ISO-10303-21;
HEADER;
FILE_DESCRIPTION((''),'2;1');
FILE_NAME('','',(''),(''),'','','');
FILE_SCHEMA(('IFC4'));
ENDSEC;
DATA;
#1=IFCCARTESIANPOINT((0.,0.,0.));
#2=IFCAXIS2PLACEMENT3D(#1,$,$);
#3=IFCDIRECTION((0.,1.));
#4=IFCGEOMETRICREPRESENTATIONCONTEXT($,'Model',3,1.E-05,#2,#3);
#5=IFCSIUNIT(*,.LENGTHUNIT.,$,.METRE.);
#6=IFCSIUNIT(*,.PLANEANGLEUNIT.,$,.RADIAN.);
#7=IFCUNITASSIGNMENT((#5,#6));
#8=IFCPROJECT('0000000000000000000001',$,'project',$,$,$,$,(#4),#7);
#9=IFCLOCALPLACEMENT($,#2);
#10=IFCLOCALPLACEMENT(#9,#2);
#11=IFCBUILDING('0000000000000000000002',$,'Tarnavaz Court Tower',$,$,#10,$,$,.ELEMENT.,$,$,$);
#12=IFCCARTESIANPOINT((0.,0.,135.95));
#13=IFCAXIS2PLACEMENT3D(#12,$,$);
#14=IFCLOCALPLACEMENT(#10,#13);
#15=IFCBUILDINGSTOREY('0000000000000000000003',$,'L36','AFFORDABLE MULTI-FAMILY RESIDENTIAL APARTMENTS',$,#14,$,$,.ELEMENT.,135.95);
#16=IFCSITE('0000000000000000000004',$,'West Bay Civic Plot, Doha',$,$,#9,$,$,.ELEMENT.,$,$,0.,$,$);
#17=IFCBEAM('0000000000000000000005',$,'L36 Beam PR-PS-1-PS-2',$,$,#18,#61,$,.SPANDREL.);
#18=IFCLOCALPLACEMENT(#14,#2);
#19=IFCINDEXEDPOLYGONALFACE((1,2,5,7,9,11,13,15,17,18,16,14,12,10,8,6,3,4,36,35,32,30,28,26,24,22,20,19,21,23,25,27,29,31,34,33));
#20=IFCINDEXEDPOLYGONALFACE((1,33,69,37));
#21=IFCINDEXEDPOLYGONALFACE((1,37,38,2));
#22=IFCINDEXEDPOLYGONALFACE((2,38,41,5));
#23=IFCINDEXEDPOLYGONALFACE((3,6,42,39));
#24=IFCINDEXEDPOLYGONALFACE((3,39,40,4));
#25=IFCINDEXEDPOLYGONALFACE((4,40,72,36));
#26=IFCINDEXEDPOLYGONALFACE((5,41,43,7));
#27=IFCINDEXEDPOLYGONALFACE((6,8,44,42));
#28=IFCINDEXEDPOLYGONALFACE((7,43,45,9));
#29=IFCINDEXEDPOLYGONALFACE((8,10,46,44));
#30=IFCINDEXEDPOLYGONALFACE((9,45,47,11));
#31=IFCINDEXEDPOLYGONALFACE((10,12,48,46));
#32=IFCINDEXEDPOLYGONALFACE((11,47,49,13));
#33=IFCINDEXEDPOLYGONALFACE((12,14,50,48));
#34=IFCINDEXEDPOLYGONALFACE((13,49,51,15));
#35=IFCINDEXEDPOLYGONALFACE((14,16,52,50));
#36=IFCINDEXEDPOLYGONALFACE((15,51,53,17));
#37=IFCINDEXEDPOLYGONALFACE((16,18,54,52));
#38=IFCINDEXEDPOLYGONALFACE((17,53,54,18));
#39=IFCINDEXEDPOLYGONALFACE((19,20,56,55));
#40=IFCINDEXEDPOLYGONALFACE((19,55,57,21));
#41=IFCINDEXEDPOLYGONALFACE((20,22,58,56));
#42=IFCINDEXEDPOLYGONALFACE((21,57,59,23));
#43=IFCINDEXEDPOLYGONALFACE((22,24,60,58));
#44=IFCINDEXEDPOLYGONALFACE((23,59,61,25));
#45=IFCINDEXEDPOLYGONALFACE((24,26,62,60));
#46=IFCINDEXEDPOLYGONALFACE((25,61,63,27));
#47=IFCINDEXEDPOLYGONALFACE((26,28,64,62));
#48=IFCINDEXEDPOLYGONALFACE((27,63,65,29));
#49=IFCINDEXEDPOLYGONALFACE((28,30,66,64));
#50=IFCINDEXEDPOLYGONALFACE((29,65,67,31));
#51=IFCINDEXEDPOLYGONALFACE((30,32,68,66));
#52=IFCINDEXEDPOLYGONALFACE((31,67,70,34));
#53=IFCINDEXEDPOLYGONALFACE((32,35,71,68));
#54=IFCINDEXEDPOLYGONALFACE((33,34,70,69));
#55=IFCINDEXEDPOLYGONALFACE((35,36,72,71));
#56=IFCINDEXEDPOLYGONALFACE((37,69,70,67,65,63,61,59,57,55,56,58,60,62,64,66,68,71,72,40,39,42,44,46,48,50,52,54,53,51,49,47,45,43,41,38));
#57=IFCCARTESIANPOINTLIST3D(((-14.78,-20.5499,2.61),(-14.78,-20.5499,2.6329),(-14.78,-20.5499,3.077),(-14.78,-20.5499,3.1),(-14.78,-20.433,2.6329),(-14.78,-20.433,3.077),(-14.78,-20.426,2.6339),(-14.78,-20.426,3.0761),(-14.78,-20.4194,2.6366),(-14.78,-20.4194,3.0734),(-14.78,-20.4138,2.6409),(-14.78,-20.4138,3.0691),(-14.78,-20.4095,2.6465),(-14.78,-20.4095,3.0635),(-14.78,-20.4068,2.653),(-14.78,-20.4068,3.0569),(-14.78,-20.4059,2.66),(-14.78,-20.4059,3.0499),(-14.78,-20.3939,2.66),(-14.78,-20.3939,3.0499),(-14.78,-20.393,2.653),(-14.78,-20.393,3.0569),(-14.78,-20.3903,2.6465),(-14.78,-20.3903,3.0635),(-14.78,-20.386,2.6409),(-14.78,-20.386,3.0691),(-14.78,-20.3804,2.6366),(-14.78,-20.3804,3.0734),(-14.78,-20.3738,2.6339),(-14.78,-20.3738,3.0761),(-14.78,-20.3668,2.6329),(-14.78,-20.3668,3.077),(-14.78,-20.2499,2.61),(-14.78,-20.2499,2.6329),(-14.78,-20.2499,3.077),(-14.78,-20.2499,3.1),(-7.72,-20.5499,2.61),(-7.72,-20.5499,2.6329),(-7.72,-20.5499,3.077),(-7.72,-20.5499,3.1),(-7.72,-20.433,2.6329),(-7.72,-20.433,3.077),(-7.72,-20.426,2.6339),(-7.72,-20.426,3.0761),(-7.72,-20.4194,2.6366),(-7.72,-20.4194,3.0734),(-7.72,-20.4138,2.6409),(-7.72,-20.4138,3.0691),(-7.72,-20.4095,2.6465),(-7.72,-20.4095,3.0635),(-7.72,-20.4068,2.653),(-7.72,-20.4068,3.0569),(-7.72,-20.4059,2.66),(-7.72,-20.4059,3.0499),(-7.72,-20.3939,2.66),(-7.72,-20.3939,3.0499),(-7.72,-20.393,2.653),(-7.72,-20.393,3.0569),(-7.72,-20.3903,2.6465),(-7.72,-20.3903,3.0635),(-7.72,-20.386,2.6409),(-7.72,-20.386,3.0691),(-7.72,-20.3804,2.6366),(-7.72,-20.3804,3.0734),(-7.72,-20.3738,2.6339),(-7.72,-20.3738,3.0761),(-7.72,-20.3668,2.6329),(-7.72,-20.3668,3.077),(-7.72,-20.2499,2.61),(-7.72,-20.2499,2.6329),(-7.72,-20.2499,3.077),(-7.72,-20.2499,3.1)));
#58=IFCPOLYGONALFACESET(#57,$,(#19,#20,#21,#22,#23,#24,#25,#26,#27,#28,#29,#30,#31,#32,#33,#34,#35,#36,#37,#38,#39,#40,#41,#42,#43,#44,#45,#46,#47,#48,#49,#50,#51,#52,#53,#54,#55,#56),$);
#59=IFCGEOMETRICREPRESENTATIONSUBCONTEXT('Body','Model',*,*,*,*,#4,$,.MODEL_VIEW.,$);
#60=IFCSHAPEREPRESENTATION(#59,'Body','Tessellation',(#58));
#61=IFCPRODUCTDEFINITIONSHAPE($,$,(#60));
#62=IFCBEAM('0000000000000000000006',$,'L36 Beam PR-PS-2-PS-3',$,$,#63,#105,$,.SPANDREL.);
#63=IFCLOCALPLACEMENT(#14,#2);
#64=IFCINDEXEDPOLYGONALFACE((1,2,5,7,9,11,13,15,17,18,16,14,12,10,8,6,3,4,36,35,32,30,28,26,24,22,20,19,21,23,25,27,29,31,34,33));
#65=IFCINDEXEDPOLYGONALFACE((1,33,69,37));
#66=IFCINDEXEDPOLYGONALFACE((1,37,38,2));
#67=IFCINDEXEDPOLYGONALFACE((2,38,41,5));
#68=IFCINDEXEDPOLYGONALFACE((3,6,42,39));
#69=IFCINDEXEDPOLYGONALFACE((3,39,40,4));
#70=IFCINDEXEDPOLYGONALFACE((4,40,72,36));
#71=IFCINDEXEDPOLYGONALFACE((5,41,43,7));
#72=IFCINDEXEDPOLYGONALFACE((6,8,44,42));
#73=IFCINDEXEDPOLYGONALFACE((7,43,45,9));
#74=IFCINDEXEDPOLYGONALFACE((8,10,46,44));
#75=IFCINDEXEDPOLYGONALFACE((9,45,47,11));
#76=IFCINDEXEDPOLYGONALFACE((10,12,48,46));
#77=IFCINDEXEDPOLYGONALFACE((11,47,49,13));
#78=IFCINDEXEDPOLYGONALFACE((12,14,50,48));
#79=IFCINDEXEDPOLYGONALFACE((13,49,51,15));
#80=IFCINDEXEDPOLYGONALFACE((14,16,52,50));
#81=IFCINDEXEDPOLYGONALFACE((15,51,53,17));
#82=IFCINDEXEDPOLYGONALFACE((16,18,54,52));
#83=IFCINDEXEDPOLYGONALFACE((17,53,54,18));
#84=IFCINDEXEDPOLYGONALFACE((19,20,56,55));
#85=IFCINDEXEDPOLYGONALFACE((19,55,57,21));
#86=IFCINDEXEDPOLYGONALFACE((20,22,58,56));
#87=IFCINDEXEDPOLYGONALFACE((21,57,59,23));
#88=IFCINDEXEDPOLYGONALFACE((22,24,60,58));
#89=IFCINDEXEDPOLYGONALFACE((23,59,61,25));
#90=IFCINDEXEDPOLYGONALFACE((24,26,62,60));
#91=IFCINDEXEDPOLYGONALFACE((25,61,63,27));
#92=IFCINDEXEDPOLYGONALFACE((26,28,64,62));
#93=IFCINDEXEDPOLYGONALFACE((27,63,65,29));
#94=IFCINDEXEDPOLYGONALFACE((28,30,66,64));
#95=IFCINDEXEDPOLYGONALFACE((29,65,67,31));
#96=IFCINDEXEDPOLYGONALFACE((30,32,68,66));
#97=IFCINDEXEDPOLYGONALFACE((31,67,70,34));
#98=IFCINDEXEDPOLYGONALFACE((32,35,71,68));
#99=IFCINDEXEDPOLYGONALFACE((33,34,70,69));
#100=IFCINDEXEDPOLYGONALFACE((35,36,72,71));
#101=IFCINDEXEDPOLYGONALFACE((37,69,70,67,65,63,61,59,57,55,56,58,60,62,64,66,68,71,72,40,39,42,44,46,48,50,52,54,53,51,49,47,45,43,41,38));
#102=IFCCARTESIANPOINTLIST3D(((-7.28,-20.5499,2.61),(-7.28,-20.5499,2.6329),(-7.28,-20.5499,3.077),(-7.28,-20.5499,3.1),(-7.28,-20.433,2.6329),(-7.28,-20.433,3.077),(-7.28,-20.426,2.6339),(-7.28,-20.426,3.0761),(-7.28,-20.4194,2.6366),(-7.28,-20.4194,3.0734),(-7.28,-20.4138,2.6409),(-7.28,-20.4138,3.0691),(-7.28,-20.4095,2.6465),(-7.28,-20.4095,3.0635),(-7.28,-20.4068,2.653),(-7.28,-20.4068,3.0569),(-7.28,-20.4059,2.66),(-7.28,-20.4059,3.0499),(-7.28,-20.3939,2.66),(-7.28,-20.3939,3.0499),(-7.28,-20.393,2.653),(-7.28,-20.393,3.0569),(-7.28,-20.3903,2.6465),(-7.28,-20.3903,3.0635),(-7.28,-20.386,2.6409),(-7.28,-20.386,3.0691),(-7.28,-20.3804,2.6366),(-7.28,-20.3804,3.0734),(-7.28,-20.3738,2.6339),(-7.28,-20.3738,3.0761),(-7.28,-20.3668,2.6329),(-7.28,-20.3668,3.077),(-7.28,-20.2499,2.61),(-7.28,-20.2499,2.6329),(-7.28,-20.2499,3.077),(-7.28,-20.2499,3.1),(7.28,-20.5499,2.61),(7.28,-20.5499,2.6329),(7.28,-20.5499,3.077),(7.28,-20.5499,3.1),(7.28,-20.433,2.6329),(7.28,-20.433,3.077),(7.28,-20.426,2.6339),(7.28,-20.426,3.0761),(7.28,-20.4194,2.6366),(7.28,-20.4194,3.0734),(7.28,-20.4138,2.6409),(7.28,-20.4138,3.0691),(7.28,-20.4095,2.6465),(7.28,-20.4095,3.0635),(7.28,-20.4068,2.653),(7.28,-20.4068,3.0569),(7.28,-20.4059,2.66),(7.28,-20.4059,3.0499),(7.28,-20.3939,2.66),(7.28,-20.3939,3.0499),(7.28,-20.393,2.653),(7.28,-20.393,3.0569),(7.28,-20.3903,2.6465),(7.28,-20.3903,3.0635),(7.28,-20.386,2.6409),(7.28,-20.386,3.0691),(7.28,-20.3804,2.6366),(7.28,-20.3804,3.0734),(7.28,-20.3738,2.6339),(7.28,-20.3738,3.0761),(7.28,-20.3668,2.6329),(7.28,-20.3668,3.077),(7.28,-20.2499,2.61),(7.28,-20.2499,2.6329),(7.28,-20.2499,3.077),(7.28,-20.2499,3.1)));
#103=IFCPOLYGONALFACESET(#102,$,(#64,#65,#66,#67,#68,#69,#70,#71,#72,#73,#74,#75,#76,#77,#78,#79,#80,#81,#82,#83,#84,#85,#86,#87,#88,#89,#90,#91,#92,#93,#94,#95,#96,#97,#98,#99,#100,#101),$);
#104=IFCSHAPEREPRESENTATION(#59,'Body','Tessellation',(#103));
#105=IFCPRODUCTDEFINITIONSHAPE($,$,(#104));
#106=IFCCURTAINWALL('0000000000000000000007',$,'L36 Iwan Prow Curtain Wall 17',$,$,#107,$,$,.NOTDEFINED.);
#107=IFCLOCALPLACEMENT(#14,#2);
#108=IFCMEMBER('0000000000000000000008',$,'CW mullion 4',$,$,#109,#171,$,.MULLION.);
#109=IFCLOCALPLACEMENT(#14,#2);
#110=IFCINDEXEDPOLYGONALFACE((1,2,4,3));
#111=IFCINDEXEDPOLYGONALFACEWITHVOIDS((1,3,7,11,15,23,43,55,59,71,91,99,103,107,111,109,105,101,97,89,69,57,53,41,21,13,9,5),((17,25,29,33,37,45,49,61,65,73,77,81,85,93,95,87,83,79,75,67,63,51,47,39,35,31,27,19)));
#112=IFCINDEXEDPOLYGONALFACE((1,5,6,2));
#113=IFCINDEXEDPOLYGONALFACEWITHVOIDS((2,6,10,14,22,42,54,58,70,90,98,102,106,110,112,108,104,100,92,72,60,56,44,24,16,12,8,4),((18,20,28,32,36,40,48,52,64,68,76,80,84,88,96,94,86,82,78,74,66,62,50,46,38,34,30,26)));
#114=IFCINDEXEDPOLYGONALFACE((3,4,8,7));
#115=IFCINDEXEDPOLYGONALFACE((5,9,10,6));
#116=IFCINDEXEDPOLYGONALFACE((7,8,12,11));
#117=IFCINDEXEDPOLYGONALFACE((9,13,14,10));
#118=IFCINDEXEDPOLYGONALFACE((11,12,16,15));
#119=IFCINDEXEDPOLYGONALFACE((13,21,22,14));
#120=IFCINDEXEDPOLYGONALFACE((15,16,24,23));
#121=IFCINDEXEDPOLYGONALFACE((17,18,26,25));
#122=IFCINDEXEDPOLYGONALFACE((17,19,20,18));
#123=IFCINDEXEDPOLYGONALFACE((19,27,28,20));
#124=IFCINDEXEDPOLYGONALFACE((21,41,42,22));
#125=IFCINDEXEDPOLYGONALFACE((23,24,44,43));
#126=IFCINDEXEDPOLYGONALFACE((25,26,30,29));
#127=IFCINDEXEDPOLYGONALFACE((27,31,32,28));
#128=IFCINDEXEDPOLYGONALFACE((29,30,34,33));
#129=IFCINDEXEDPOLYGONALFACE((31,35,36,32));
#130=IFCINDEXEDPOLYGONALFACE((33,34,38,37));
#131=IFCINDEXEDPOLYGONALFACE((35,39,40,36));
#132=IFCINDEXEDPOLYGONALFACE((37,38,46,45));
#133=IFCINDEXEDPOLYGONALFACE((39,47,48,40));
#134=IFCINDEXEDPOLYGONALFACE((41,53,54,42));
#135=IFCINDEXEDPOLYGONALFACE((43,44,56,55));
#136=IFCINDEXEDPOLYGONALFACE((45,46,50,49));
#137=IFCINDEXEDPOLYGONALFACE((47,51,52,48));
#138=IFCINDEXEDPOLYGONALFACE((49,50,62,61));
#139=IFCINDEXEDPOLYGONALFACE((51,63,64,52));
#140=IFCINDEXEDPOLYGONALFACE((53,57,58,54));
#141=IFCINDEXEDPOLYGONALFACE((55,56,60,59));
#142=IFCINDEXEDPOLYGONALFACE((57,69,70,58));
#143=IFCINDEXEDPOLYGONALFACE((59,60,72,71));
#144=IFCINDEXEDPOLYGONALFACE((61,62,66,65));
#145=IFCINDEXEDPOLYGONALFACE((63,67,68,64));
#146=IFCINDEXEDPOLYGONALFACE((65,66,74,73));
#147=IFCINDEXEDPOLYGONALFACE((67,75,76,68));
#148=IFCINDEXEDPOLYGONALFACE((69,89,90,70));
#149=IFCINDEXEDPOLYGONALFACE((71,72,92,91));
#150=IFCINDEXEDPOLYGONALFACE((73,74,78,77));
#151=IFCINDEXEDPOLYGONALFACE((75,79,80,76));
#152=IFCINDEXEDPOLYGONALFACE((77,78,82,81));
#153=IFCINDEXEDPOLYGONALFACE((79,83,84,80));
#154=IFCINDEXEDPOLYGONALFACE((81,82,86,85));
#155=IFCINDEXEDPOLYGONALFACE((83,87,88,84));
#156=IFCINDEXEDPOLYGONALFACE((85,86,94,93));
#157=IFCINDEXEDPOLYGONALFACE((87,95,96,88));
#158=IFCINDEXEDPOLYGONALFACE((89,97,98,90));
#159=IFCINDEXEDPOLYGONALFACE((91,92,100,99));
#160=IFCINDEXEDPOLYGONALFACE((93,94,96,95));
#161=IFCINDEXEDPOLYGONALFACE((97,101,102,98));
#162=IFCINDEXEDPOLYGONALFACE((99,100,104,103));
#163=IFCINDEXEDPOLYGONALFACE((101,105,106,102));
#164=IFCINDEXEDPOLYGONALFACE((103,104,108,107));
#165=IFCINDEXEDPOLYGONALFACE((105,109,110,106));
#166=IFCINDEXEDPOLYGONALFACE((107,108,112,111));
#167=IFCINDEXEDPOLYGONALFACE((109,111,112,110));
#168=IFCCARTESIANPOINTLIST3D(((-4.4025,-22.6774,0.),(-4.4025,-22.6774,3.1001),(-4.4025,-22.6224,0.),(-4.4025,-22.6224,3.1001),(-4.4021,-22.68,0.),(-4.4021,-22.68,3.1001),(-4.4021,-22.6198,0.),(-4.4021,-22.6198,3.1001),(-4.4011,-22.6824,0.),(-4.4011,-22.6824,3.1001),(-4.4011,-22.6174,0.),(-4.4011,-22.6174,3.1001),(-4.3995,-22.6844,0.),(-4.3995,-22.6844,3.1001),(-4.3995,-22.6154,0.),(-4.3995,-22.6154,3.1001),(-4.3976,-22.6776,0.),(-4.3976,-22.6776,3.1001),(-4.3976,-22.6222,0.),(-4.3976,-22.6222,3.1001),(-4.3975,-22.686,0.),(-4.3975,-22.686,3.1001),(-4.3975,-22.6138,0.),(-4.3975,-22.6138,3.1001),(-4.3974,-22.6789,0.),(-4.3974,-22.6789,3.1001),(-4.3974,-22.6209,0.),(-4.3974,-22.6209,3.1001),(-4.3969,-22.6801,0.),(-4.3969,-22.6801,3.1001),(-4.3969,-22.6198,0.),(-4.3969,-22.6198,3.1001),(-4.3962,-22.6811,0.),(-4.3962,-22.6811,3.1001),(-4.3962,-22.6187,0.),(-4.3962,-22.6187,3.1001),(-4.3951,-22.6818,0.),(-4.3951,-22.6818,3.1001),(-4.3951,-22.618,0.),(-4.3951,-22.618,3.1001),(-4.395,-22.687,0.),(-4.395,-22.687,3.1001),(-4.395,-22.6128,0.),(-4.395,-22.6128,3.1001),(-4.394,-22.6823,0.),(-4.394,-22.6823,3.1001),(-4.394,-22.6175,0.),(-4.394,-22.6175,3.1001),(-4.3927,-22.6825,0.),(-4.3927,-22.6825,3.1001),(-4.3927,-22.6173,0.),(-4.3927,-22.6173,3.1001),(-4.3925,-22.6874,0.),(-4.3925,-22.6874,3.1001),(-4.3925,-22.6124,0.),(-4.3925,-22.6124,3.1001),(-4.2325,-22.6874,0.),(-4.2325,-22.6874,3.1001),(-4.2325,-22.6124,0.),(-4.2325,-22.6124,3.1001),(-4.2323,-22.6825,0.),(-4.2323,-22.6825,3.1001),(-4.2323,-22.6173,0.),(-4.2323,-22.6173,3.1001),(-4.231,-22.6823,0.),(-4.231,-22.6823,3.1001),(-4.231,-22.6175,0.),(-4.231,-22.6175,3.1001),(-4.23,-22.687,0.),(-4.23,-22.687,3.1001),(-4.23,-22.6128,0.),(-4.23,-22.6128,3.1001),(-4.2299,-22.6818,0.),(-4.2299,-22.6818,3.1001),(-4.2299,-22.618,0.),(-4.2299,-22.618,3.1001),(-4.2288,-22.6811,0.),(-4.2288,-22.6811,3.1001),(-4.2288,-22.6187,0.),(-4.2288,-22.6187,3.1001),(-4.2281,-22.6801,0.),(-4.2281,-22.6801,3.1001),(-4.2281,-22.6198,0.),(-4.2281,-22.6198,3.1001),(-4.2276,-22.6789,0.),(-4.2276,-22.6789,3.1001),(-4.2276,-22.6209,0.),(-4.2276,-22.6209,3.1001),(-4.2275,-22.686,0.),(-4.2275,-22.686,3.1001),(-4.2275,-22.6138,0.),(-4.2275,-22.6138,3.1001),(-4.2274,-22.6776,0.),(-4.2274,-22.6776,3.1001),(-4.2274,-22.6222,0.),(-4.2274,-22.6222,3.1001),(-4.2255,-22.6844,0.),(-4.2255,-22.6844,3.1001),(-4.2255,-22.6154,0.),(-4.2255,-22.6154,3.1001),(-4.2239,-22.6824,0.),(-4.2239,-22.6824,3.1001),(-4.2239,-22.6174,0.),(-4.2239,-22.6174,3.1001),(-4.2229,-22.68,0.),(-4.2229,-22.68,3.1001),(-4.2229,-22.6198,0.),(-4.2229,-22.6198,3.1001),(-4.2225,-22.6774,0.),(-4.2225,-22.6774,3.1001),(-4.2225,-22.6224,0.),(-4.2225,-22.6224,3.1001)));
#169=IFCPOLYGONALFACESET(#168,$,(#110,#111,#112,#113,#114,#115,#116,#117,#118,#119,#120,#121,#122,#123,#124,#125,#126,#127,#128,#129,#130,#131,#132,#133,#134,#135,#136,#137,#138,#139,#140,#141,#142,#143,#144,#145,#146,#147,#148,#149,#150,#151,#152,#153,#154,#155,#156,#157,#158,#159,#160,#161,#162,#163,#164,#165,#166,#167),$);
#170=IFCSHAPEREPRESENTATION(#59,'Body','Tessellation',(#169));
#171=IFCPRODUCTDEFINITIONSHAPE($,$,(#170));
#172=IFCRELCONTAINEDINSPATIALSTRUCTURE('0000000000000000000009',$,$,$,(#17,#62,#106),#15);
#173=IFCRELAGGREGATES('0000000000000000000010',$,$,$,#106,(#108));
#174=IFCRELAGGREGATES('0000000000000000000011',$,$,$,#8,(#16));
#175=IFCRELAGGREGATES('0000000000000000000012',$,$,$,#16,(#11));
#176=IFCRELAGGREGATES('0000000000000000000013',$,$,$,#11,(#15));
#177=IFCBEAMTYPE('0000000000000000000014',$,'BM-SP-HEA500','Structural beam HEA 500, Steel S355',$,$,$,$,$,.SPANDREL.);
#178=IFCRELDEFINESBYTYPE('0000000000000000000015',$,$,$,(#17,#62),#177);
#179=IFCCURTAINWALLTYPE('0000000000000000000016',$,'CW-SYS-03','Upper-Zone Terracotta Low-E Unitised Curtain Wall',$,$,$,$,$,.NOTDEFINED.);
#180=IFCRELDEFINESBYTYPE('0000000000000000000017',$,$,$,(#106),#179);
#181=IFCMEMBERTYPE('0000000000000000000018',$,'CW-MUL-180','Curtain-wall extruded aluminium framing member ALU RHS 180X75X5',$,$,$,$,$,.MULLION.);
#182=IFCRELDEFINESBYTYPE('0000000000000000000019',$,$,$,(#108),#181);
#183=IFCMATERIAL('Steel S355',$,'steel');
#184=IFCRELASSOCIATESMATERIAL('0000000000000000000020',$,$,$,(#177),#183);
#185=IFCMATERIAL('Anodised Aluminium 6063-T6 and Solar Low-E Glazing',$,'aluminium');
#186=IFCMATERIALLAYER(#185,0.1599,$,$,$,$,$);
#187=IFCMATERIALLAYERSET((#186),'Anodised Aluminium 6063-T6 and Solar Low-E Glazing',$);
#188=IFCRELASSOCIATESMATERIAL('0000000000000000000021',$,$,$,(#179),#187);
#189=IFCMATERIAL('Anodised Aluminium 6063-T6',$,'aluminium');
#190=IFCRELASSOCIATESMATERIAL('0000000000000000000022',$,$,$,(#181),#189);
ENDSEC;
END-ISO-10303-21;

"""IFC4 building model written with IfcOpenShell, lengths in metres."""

from ifc_helpers import new_model, si_unit, direction, frame, origin, origin_2d, place, context, subcontext, project, spatial, hollow_rectangle, i_section, extrude, material, layer, layer_set, material_profile, profile_set, type_object, element, aggregate, save


model = new_model("IFC4")

# Units and contexts
model_context = context("Model", 3, precision=1e-05, world=origin(), true_north=direction((0.0, 1.0)))
body_context = subcontext(model_context, "Body", "Model", "MODEL_VIEW")
ifc_project = project(units=[si_unit("LENGTHUNIT", "METRE"), si_unit("PLANEANGLEUNIT", "RADIAN")], contexts=[model_context])

# Site, building, storey
site_placement = place(None, origin())
site = spatial("IfcSite", under=ifc_project, at=site_placement, Name="West Bay Civic Plot, Doha", CompositionType="ELEMENT", RefElevation=0.0)
building_placement = place(site_placement, origin())
building = spatial("IfcBuilding", under=site, at=building_placement, Name="Tarnavaz Court Tower", CompositionType="ELEMENT")
storey_placement = place(building_placement, frame((0.0, 0.0, 135.95)))
storey = spatial("IfcBuildingStorey", under=building, at=storey_placement, Name="L36", Description="AFFORDABLE MULTI-FAMILY RESIDENTIAL APARTMENTS", CompositionType="ELEMENT", Elevation=135.95)

# Beams
ifc_material_1 = material(Name="Steel S355", Category="steel")
ifc_material_profile_1 = material_profile(ifc_material_1, i_section(OverallWidth=0.3, OverallDepth=0.49, WebThickness=0.012, FlangeThickness=0.0229, FilletRadius=0.0271, at=origin_2d()), Name="HEA 500")
ifc_profile_set_1 = profile_set([ifc_material_profile_1], Name="Steel S355")
beam_type_1 = type_object("IfcBeamType", Name="BM-SP-HEA500", Description="Structural beam HEA 500, Steel S355", PredefinedType="SPANDREL", material=ifc_profile_set_1)
beam_1_placement = place(storey_placement, frame((-14.78, -20.3999, 2.855), z_axis=(1.0, 0.0, 0.0), x_axis=(0.0, 1.0, 0.0)))
element("IfcBeam", 1, at=beam_1_placement, inside=storey, type_object=beam_type_1, Name="L36 Beam PR-PS-1-PS-2", PredefinedType="SPANDREL", context=body_context, shape_type="SweptSolid", body=[
    extrude(i_section(OverallWidth=0.3, OverallDepth=0.49, WebThickness=0.012, FlangeThickness=0.0229, FilletRadius=0.0271, at=origin_2d()), origin(), (0.0, 0.0, 1.0), 7.0601),
])
beam_2_placement = place(storey_placement, frame((-7.28, -20.3999, 2.855), z_axis=(1.0, 0.0, 0.0), x_axis=(0.0, 1.0, 0.0)))
element("IfcBeam", 2, at=beam_2_placement, inside=storey, type_object=beam_type_1, Name="L36 Beam PR-PS-2-PS-3", PredefinedType="SPANDREL", context=body_context, shape_type="SweptSolid", body=[
    extrude(i_section(OverallWidth=0.3, OverallDepth=0.49, WebThickness=0.012, FlangeThickness=0.0229, FilletRadius=0.0271, at=origin_2d()), origin(), (0.0, 0.0, 1.0), 14.5601),
])

# Curtain wall, member
ifc_material_2 = material(Name="Anodised Aluminium 6063-T6 and Solar Low-E Glazing", Category="aluminium")
ifc_layer_1 = layer(ifc_material_2, 0.1599)
ifc_layer_set_1 = layer_set([ifc_layer_1], Name="Anodised Aluminium 6063-T6 and Solar Low-E Glazing")
curtain_wall_type = type_object("IfcCurtainWallType", Name="CW-SYS-03", Description="Upper-Zone Terracotta Low-E Unitised Curtain Wall", PredefinedType="NOTDEFINED", material=ifc_layer_set_1)
curtain_wall_placement = place(storey_placement, origin())
curtain_wall = element("IfcCurtainWall", 3, at=curtain_wall_placement, inside=storey, type_object=curtain_wall_type, Name="L36 Iwan Prow Curtain Wall 17", PredefinedType="NOTDEFINED")
ifc_material_3 = material(Name="Anodised Aluminium 6063-T6", Category="aluminium")
ifc_material_profile_2 = material_profile(ifc_material_3, hollow_rectangle(XDim=0.075, YDim=0.1799, WallThickness=0.0049, InnerFilletRadius=0.0049, OuterFilletRadius=0.01, at=origin_2d()), Name="ALU RHS 180X75X5")
ifc_profile_set_2 = profile_set([ifc_material_profile_2], Name="Anodised Aluminium 6063-T6")
member_type_1 = type_object("IfcMemberType", Name="CW-MUL-180", Description="Curtain-wall extruded aluminium framing member ALU RHS 180X75X5", PredefinedType="MULLION", material=ifc_profile_set_2)
member_1_placement = place(storey_placement, frame((-4.3125, -22.6499, 0.0), z_axis=(0.0, 0.0, 1.0), x_axis=(0.0, -1.0, 0.0)))
member_1 = element("IfcMember", 4, at=member_1_placement, type_object=member_type_1, Name="CW mullion 4", PredefinedType="MULLION", context=body_context, shape_type="SweptSolid", body=[
    extrude(hollow_rectangle(XDim=0.075, YDim=0.1799, WallThickness=0.0049, InnerFilletRadius=0.0049, OuterFilletRadius=0.01, at=origin_2d()), origin(), (0.0, 0.0, 1.0), 3.1001),
])
aggregate(curtain_wall, [member_1])

save(model, "model.ifc")
